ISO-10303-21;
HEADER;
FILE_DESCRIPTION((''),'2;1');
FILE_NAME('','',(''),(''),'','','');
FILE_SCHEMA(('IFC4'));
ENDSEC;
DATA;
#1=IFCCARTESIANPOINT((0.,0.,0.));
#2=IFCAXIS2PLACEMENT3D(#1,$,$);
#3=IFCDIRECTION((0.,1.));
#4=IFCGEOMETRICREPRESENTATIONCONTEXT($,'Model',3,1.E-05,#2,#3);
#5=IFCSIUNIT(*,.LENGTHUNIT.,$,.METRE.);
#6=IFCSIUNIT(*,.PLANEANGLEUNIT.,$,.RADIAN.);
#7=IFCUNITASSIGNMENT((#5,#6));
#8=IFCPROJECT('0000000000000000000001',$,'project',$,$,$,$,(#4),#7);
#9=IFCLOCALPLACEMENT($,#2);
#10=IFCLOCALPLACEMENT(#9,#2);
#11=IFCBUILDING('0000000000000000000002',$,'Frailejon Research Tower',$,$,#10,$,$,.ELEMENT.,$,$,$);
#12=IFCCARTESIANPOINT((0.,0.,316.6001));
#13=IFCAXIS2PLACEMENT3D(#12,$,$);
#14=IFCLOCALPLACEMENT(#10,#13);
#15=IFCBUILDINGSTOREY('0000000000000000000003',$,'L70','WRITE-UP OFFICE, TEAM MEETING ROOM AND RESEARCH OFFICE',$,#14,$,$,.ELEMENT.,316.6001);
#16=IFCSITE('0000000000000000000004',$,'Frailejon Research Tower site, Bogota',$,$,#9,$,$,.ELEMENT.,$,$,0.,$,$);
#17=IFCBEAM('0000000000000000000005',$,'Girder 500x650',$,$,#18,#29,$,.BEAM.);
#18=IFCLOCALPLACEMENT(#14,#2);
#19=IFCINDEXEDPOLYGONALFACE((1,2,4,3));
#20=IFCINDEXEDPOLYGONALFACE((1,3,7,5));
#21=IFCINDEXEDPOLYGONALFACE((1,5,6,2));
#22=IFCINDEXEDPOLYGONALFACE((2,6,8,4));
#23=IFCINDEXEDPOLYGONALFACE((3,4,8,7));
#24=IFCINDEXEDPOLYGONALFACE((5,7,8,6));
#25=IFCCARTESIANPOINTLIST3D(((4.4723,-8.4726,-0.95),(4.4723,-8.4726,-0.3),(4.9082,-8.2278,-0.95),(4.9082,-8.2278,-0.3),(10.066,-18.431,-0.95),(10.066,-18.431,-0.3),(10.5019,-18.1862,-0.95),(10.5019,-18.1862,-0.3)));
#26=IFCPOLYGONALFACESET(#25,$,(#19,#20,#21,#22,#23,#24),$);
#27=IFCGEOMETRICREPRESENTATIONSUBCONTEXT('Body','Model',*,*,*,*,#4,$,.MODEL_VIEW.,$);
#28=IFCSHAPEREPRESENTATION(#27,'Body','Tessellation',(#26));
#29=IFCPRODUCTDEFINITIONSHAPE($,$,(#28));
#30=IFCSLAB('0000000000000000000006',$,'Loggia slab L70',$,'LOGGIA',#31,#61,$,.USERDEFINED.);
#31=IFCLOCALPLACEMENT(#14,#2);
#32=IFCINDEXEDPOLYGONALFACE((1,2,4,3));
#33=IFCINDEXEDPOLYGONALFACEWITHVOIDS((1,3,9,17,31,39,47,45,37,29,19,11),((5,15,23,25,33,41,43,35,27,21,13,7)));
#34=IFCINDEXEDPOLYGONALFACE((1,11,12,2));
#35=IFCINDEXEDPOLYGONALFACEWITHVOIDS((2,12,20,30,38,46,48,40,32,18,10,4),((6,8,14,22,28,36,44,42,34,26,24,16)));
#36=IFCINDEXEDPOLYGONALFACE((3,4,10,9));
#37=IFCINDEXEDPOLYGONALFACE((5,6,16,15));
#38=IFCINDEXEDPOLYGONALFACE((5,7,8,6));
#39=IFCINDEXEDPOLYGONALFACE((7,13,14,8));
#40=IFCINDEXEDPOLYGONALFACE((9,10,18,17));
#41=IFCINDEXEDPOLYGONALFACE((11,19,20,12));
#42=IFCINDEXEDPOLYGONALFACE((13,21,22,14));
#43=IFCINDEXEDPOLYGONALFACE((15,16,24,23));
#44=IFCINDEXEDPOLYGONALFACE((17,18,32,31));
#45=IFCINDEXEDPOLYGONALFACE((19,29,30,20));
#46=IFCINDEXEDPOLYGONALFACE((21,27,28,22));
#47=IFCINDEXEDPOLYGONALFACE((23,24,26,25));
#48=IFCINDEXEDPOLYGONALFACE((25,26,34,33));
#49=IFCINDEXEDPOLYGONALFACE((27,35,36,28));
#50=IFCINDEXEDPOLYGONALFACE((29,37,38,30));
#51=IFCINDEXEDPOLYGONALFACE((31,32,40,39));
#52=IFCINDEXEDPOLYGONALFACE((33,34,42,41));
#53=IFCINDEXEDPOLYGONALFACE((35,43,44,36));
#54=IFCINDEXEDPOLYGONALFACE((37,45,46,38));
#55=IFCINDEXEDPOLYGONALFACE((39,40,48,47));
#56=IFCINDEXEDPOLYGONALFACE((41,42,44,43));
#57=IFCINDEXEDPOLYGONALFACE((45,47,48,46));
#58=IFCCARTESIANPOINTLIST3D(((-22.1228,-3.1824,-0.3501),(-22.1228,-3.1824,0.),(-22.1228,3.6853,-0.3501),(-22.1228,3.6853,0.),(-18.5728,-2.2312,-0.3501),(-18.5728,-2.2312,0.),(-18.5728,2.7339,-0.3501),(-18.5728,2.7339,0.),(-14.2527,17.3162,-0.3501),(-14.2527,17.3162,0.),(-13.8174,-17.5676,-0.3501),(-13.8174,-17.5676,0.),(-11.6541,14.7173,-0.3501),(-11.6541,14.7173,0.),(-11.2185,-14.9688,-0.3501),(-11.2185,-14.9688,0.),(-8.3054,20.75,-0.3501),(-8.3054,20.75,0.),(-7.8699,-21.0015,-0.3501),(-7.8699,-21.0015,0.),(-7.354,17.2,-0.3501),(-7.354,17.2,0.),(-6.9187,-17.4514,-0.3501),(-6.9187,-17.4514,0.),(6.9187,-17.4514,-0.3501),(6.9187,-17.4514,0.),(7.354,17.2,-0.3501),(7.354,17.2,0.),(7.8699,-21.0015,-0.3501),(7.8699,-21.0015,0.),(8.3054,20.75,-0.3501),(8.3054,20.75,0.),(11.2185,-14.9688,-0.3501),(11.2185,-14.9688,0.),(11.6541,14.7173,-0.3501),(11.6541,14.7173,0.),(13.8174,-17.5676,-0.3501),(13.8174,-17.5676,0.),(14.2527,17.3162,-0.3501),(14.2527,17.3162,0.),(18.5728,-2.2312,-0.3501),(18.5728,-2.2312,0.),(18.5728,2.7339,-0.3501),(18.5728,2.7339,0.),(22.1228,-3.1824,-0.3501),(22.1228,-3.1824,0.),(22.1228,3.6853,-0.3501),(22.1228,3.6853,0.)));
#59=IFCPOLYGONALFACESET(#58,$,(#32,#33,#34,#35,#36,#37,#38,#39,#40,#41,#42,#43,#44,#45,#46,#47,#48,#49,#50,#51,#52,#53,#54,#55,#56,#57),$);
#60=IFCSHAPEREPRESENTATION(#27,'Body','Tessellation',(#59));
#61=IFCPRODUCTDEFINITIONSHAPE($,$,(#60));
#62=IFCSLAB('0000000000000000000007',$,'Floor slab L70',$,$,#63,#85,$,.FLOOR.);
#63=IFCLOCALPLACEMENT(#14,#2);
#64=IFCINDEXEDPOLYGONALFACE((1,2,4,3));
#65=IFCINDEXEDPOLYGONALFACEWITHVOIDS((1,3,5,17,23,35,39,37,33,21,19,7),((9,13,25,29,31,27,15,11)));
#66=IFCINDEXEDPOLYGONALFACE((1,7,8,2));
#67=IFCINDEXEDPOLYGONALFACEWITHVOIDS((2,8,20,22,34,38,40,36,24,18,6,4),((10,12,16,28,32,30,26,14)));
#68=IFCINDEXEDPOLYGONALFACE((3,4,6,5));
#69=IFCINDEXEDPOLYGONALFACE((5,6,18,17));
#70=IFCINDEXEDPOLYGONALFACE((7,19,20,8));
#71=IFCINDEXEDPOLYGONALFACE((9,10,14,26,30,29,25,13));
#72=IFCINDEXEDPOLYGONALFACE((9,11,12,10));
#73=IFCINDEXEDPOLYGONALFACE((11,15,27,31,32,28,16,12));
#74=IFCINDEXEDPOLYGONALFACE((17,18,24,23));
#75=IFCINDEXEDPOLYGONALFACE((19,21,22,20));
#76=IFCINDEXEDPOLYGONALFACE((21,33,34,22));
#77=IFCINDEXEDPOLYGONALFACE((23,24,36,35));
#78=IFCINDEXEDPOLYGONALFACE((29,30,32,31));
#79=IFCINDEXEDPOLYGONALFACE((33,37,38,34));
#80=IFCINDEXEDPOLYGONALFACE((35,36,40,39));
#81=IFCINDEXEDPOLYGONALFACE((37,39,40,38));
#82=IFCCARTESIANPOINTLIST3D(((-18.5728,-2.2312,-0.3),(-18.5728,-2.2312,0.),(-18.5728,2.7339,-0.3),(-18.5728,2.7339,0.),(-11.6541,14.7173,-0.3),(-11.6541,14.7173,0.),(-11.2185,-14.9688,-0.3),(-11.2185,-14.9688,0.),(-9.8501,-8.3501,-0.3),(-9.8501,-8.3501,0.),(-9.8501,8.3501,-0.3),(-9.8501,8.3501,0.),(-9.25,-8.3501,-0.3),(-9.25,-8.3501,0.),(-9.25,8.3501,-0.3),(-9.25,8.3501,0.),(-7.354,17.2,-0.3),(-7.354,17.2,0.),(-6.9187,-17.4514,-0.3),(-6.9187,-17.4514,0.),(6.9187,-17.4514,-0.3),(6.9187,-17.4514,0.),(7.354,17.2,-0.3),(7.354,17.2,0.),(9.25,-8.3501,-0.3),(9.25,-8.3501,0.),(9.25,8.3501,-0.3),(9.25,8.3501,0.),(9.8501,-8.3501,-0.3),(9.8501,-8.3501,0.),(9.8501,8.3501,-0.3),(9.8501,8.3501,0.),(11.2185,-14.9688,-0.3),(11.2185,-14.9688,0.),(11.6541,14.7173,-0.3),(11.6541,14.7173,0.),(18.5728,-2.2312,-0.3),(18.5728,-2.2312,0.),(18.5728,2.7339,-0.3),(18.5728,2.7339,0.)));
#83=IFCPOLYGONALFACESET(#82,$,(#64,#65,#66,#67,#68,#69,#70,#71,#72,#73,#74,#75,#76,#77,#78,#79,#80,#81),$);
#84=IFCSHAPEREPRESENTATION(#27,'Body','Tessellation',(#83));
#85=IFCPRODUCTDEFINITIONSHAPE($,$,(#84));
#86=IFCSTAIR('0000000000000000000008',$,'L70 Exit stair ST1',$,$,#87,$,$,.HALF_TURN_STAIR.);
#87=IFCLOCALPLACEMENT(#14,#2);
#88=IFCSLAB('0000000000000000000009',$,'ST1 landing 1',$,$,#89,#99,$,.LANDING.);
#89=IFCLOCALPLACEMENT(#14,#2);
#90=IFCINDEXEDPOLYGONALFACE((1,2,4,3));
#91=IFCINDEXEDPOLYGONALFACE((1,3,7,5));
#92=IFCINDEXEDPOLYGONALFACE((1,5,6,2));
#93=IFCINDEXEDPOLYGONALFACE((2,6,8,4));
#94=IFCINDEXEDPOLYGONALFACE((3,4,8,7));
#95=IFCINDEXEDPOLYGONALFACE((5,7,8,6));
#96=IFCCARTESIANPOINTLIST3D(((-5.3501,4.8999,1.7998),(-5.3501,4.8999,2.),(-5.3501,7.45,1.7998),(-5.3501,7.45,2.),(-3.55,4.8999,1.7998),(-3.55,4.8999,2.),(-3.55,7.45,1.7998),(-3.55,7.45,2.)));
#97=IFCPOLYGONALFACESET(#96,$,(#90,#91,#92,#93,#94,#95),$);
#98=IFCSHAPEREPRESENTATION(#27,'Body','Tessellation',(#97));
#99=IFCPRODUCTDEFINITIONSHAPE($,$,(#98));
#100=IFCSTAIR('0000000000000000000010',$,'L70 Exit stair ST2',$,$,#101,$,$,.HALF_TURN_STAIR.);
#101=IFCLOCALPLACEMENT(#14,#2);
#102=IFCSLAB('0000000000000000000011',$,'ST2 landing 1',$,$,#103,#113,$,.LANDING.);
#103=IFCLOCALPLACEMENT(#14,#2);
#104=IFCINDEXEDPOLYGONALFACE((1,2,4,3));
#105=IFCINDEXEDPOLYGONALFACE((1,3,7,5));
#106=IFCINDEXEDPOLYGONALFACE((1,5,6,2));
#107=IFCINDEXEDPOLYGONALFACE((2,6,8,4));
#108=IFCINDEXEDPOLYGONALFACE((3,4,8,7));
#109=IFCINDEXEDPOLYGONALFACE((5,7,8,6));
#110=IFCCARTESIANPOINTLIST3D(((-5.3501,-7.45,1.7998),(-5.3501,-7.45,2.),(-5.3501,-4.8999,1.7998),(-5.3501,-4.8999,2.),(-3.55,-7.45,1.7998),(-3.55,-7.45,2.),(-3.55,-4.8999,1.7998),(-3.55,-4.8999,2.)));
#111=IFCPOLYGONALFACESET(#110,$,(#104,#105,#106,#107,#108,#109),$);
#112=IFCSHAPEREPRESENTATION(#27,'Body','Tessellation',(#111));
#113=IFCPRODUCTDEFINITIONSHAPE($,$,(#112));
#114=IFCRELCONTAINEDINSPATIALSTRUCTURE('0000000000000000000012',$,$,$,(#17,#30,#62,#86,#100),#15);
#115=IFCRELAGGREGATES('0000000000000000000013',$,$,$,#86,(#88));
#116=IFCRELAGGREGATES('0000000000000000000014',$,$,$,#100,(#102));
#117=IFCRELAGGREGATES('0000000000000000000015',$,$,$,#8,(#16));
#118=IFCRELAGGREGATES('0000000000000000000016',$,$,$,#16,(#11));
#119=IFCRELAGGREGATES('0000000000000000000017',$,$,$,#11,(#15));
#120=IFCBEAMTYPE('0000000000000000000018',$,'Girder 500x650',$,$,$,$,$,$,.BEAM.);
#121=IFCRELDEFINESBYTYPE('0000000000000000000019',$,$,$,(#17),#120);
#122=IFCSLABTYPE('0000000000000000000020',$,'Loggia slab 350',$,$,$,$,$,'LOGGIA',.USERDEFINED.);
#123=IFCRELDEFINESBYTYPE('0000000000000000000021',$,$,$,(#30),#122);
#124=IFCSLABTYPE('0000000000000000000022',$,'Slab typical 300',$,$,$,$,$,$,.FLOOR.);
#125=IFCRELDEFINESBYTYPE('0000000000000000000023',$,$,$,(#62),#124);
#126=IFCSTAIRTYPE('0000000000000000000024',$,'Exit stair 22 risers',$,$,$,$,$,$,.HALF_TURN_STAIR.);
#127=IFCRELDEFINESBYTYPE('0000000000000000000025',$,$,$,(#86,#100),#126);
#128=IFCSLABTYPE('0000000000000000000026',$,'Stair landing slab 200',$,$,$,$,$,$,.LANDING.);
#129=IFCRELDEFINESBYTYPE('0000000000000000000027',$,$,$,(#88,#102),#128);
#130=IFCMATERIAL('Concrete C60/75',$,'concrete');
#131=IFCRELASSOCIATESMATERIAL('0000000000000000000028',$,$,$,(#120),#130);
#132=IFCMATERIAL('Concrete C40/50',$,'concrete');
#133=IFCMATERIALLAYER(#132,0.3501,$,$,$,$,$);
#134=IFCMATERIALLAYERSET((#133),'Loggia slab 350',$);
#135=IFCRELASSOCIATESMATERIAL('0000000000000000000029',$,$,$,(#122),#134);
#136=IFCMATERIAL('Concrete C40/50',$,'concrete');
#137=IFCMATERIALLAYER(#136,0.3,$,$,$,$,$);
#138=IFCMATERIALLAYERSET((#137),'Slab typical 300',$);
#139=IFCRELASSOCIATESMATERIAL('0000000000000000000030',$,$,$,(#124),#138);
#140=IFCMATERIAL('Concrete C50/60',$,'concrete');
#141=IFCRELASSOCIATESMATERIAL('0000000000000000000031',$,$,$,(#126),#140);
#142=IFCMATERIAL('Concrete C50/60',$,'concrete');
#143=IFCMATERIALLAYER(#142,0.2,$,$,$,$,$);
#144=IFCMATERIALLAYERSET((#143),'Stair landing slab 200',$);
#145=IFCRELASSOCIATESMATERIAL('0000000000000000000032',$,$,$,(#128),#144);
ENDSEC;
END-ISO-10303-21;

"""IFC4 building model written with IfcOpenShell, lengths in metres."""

from ifc_helpers import new_model, si_unit, direction, frame, origin, origin_2d, place, context, subcontext, project, spatial, polyline, rectangle, outline, extrude, material, layer, layer_set, material_profile, profile_set, type_object, element, aggregate, save


model = new_model("IFC4")

# Units and contexts
model_context = context("Model", 3, precision=1e-05, world=origin(), true_north=direction((0.0, 1.0)))
body_context = subcontext(model_context, "Body", "Model", "MODEL_VIEW")
ifc_project = project(units=[si_unit("LENGTHUNIT", "METRE"), si_unit("PLANEANGLEUNIT", "RADIAN")], contexts=[model_context])

# Site, building, storey
site_placement = place(None, origin())
site = spatial("IfcSite", under=ifc_project, at=site_placement, Name="Frailejon Research Tower site, Bogota", CompositionType="ELEMENT", RefElevation=0.0)
building_placement = place(site_placement, origin())
building = spatial("IfcBuilding", under=site, at=building_placement, Name="Frailejon Research Tower", CompositionType="ELEMENT")
storey_placement = place(building_placement, frame((0.0, 0.0, 316.6001)))
storey = spatial("IfcBuildingStorey", under=building, at=storey_placement, Name="L70", Description="WRITE-UP OFFICE, TEAM MEETING ROOM AND RESEARCH OFFICE", CompositionType="ELEMENT", Elevation=316.6001)

# Beam
ifc_material_1 = material(Name="Concrete C60/75", Category="concrete")
ifc_material_profile = material_profile(ifc_material_1, rectangle(XDim=0.5, YDim=0.6499, at=origin_2d()), Name="Girder 500x650")
ifc_profile_set = profile_set([ifc_material_profile], Name="Concrete C60/75")
beam_type = type_object("IfcBeamType", Name="Girder 500x650", PredefinedType="BEAM", material=ifc_profile_set)
beam_placement = place(storey_placement, frame((10.2839, -18.3086, -0.625), z_axis=(-0.489735, 0.871871, 0.0), x_axis=(-0.871871, -0.489735, 0.0)))
element("IfcBeam", 1, at=beam_placement, inside=storey, type_object=beam_type, Name="Girder 500x650", PredefinedType="BEAM", context=body_context, shape_type="SweptSolid", body=[
    extrude(rectangle(XDim=0.5, YDim=0.6499, at=origin_2d()), origin(), (0.0, 0.0, 1.0), 11.4219),
])

# Slabs
ifc_material_2 = material(Name="Concrete C40/50", Category="concrete")
ifc_layer_1 = layer(ifc_material_2, 0.3501)
ifc_layer_set_1 = layer_set([ifc_layer_1], Name="Loggia slab 350")
slab_type_1 = type_object("IfcSlabType", Name="Loggia slab 350", ElementType="LOGGIA", PredefinedType="USERDEFINED", material=ifc_layer_set_1)
slab_1_placement = place(storey_placement, frame((0.0, 0.0, -0.3501)))
element("IfcSlab", 2, at=slab_1_placement, inside=storey, type_object=slab_type_1, Name="Loggia slab L70", ObjectType="LOGGIA", PredefinedType="USERDEFINED", context=body_context, shape_type="SweptSolid", body=[
    extrude(outline(polyline([(13.8174, -17.5676), (7.8699, -21.0015), (-7.8699, -21.0015), (-13.8174, -17.5676), (-22.1228, -3.1824), (-22.1228, 3.6853), (-14.2527, 17.3162), (-8.3054, 20.75), (8.3054, 20.75), (14.2527, 17.3162), (22.1228, 3.6853), (22.1228, -3.1824), (13.8174, -17.5676)]), holes=[polyline([(18.5728, 2.7339), (11.6541, 14.7173), (7.354, 17.2), (-7.354, 17.2), (-11.6541, 14.7173), (-18.5728, 2.7339), (-18.5728, -2.2312), (-11.2185, -14.9688), (-6.9187, -17.4514), (6.9187, -17.4514), (11.2185, -14.9688), (18.5728, -2.2312), (18.5728, 2.7339)])]), origin(), (0.0, 0.0, 1.0), 0.3501),
])
ifc_material_3 = material(Name="Concrete C40/50", Category="concrete")
ifc_layer_2 = layer(ifc_material_3, 0.3)
ifc_layer_set_2 = layer_set([ifc_layer_2], Name="Slab typical 300")
slab_type_2 = type_object("IfcSlabType", Name="Slab typical 300", PredefinedType="FLOOR", material=ifc_layer_set_2)
slab_2_placement = place(storey_placement, frame((0.0, 0.0, -0.3)))
element("IfcSlab", 3, at=slab_2_placement, inside=storey, type_object=slab_type_2, Name="Floor slab L70", PredefinedType="FLOOR", context=body_context, shape_type="SweptSolid", body=[
    extrude(outline(polyline([(18.5728, -2.2312), (18.5728, 2.7339), (11.6541, 14.7173), (7.354, 17.2), (-7.354, 17.2), (-11.6541, 14.7173), (-18.5728, 2.7339), (-18.5728, -2.2312), (-11.2185, -14.9688), (-6.9187, -17.4514), (6.9187, -17.4514), (11.2185, -14.9688), (18.5728, -2.2312)]), holes=[polyline([(9.25, 8.3501), (9.8501, 8.3501), (9.8501, -8.3501), (9.25, -8.3501), (-9.25, -8.3501), (-9.8501, -8.3501), (-9.8501, 8.3501), (-9.25, 8.3501), (9.25, 8.3501)])]), origin(), (0.0, 0.0, 1.0), 0.3),
])

# Stairs, slabs
ifc_material_4 = material(Name="Concrete C50/60", Category="concrete")
stair_type = type_object("IfcStairType", Name="Exit stair 22 risers", PredefinedType="HALF_TURN_STAIR", material=ifc_material_4)
stair_1_placement = place(storey_placement, origin())
stair_1 = element("IfcStair", 4, at=stair_1_placement, inside=storey, type_object=stair_type, Name="L70 Exit stair ST1", PredefinedType="HALF_TURN_STAIR")
ifc_material_5 = material(Name="Concrete C50/60", Category="concrete")
ifc_layer_3 = layer(ifc_material_5, 0.2)
ifc_layer_set_3 = layer_set([ifc_layer_3], Name="Stair landing slab 200")
slab_type_3 = type_object("IfcSlabType", Name="Stair landing slab 200", PredefinedType="LANDING", material=ifc_layer_set_3)
slab_3_placement = place(storey_placement, frame((0.0, 0.0, 1.7998)))
slab_3 = element("IfcSlab", 5, at=slab_3_placement, type_object=slab_type_3, Name="ST1 landing 1", PredefinedType="LANDING", context=body_context, shape_type="SweptSolid", body=[
    extrude(outline(polyline([(-5.3501, 4.8999), (-3.55, 4.8999), (-3.55, 7.45), (-5.3501, 7.45), (-5.3501, 4.8999)])), origin(), (0.0, 0.0, 1.0), 0.2002),
])
aggregate(stair_1, [slab_3])
stair_2_placement = place(storey_placement, origin())
stair_2 = element("IfcStair", 6, at=stair_2_placement, inside=storey, type_object=stair_type, Name="L70 Exit stair ST2", PredefinedType="HALF_TURN_STAIR")
slab_4_placement = place(storey_placement, frame((0.0, 0.0, 1.7998)))
slab_4 = element("IfcSlab", 7, at=slab_4_placement, type_object=slab_type_3, Name="ST2 landing 1", PredefinedType="LANDING", context=body_context, shape_type="SweptSolid", body=[
    extrude(outline(polyline([(-5.3501, -7.45), (-3.55, -7.45), (-3.55, -4.8999), (-5.3501, -4.8999), (-5.3501, -7.45)])), origin(), (0.0, 0.0, 1.0), 0.2002),
])
aggregate(stair_2, [slab_4])

save(model, "model.ifc")
